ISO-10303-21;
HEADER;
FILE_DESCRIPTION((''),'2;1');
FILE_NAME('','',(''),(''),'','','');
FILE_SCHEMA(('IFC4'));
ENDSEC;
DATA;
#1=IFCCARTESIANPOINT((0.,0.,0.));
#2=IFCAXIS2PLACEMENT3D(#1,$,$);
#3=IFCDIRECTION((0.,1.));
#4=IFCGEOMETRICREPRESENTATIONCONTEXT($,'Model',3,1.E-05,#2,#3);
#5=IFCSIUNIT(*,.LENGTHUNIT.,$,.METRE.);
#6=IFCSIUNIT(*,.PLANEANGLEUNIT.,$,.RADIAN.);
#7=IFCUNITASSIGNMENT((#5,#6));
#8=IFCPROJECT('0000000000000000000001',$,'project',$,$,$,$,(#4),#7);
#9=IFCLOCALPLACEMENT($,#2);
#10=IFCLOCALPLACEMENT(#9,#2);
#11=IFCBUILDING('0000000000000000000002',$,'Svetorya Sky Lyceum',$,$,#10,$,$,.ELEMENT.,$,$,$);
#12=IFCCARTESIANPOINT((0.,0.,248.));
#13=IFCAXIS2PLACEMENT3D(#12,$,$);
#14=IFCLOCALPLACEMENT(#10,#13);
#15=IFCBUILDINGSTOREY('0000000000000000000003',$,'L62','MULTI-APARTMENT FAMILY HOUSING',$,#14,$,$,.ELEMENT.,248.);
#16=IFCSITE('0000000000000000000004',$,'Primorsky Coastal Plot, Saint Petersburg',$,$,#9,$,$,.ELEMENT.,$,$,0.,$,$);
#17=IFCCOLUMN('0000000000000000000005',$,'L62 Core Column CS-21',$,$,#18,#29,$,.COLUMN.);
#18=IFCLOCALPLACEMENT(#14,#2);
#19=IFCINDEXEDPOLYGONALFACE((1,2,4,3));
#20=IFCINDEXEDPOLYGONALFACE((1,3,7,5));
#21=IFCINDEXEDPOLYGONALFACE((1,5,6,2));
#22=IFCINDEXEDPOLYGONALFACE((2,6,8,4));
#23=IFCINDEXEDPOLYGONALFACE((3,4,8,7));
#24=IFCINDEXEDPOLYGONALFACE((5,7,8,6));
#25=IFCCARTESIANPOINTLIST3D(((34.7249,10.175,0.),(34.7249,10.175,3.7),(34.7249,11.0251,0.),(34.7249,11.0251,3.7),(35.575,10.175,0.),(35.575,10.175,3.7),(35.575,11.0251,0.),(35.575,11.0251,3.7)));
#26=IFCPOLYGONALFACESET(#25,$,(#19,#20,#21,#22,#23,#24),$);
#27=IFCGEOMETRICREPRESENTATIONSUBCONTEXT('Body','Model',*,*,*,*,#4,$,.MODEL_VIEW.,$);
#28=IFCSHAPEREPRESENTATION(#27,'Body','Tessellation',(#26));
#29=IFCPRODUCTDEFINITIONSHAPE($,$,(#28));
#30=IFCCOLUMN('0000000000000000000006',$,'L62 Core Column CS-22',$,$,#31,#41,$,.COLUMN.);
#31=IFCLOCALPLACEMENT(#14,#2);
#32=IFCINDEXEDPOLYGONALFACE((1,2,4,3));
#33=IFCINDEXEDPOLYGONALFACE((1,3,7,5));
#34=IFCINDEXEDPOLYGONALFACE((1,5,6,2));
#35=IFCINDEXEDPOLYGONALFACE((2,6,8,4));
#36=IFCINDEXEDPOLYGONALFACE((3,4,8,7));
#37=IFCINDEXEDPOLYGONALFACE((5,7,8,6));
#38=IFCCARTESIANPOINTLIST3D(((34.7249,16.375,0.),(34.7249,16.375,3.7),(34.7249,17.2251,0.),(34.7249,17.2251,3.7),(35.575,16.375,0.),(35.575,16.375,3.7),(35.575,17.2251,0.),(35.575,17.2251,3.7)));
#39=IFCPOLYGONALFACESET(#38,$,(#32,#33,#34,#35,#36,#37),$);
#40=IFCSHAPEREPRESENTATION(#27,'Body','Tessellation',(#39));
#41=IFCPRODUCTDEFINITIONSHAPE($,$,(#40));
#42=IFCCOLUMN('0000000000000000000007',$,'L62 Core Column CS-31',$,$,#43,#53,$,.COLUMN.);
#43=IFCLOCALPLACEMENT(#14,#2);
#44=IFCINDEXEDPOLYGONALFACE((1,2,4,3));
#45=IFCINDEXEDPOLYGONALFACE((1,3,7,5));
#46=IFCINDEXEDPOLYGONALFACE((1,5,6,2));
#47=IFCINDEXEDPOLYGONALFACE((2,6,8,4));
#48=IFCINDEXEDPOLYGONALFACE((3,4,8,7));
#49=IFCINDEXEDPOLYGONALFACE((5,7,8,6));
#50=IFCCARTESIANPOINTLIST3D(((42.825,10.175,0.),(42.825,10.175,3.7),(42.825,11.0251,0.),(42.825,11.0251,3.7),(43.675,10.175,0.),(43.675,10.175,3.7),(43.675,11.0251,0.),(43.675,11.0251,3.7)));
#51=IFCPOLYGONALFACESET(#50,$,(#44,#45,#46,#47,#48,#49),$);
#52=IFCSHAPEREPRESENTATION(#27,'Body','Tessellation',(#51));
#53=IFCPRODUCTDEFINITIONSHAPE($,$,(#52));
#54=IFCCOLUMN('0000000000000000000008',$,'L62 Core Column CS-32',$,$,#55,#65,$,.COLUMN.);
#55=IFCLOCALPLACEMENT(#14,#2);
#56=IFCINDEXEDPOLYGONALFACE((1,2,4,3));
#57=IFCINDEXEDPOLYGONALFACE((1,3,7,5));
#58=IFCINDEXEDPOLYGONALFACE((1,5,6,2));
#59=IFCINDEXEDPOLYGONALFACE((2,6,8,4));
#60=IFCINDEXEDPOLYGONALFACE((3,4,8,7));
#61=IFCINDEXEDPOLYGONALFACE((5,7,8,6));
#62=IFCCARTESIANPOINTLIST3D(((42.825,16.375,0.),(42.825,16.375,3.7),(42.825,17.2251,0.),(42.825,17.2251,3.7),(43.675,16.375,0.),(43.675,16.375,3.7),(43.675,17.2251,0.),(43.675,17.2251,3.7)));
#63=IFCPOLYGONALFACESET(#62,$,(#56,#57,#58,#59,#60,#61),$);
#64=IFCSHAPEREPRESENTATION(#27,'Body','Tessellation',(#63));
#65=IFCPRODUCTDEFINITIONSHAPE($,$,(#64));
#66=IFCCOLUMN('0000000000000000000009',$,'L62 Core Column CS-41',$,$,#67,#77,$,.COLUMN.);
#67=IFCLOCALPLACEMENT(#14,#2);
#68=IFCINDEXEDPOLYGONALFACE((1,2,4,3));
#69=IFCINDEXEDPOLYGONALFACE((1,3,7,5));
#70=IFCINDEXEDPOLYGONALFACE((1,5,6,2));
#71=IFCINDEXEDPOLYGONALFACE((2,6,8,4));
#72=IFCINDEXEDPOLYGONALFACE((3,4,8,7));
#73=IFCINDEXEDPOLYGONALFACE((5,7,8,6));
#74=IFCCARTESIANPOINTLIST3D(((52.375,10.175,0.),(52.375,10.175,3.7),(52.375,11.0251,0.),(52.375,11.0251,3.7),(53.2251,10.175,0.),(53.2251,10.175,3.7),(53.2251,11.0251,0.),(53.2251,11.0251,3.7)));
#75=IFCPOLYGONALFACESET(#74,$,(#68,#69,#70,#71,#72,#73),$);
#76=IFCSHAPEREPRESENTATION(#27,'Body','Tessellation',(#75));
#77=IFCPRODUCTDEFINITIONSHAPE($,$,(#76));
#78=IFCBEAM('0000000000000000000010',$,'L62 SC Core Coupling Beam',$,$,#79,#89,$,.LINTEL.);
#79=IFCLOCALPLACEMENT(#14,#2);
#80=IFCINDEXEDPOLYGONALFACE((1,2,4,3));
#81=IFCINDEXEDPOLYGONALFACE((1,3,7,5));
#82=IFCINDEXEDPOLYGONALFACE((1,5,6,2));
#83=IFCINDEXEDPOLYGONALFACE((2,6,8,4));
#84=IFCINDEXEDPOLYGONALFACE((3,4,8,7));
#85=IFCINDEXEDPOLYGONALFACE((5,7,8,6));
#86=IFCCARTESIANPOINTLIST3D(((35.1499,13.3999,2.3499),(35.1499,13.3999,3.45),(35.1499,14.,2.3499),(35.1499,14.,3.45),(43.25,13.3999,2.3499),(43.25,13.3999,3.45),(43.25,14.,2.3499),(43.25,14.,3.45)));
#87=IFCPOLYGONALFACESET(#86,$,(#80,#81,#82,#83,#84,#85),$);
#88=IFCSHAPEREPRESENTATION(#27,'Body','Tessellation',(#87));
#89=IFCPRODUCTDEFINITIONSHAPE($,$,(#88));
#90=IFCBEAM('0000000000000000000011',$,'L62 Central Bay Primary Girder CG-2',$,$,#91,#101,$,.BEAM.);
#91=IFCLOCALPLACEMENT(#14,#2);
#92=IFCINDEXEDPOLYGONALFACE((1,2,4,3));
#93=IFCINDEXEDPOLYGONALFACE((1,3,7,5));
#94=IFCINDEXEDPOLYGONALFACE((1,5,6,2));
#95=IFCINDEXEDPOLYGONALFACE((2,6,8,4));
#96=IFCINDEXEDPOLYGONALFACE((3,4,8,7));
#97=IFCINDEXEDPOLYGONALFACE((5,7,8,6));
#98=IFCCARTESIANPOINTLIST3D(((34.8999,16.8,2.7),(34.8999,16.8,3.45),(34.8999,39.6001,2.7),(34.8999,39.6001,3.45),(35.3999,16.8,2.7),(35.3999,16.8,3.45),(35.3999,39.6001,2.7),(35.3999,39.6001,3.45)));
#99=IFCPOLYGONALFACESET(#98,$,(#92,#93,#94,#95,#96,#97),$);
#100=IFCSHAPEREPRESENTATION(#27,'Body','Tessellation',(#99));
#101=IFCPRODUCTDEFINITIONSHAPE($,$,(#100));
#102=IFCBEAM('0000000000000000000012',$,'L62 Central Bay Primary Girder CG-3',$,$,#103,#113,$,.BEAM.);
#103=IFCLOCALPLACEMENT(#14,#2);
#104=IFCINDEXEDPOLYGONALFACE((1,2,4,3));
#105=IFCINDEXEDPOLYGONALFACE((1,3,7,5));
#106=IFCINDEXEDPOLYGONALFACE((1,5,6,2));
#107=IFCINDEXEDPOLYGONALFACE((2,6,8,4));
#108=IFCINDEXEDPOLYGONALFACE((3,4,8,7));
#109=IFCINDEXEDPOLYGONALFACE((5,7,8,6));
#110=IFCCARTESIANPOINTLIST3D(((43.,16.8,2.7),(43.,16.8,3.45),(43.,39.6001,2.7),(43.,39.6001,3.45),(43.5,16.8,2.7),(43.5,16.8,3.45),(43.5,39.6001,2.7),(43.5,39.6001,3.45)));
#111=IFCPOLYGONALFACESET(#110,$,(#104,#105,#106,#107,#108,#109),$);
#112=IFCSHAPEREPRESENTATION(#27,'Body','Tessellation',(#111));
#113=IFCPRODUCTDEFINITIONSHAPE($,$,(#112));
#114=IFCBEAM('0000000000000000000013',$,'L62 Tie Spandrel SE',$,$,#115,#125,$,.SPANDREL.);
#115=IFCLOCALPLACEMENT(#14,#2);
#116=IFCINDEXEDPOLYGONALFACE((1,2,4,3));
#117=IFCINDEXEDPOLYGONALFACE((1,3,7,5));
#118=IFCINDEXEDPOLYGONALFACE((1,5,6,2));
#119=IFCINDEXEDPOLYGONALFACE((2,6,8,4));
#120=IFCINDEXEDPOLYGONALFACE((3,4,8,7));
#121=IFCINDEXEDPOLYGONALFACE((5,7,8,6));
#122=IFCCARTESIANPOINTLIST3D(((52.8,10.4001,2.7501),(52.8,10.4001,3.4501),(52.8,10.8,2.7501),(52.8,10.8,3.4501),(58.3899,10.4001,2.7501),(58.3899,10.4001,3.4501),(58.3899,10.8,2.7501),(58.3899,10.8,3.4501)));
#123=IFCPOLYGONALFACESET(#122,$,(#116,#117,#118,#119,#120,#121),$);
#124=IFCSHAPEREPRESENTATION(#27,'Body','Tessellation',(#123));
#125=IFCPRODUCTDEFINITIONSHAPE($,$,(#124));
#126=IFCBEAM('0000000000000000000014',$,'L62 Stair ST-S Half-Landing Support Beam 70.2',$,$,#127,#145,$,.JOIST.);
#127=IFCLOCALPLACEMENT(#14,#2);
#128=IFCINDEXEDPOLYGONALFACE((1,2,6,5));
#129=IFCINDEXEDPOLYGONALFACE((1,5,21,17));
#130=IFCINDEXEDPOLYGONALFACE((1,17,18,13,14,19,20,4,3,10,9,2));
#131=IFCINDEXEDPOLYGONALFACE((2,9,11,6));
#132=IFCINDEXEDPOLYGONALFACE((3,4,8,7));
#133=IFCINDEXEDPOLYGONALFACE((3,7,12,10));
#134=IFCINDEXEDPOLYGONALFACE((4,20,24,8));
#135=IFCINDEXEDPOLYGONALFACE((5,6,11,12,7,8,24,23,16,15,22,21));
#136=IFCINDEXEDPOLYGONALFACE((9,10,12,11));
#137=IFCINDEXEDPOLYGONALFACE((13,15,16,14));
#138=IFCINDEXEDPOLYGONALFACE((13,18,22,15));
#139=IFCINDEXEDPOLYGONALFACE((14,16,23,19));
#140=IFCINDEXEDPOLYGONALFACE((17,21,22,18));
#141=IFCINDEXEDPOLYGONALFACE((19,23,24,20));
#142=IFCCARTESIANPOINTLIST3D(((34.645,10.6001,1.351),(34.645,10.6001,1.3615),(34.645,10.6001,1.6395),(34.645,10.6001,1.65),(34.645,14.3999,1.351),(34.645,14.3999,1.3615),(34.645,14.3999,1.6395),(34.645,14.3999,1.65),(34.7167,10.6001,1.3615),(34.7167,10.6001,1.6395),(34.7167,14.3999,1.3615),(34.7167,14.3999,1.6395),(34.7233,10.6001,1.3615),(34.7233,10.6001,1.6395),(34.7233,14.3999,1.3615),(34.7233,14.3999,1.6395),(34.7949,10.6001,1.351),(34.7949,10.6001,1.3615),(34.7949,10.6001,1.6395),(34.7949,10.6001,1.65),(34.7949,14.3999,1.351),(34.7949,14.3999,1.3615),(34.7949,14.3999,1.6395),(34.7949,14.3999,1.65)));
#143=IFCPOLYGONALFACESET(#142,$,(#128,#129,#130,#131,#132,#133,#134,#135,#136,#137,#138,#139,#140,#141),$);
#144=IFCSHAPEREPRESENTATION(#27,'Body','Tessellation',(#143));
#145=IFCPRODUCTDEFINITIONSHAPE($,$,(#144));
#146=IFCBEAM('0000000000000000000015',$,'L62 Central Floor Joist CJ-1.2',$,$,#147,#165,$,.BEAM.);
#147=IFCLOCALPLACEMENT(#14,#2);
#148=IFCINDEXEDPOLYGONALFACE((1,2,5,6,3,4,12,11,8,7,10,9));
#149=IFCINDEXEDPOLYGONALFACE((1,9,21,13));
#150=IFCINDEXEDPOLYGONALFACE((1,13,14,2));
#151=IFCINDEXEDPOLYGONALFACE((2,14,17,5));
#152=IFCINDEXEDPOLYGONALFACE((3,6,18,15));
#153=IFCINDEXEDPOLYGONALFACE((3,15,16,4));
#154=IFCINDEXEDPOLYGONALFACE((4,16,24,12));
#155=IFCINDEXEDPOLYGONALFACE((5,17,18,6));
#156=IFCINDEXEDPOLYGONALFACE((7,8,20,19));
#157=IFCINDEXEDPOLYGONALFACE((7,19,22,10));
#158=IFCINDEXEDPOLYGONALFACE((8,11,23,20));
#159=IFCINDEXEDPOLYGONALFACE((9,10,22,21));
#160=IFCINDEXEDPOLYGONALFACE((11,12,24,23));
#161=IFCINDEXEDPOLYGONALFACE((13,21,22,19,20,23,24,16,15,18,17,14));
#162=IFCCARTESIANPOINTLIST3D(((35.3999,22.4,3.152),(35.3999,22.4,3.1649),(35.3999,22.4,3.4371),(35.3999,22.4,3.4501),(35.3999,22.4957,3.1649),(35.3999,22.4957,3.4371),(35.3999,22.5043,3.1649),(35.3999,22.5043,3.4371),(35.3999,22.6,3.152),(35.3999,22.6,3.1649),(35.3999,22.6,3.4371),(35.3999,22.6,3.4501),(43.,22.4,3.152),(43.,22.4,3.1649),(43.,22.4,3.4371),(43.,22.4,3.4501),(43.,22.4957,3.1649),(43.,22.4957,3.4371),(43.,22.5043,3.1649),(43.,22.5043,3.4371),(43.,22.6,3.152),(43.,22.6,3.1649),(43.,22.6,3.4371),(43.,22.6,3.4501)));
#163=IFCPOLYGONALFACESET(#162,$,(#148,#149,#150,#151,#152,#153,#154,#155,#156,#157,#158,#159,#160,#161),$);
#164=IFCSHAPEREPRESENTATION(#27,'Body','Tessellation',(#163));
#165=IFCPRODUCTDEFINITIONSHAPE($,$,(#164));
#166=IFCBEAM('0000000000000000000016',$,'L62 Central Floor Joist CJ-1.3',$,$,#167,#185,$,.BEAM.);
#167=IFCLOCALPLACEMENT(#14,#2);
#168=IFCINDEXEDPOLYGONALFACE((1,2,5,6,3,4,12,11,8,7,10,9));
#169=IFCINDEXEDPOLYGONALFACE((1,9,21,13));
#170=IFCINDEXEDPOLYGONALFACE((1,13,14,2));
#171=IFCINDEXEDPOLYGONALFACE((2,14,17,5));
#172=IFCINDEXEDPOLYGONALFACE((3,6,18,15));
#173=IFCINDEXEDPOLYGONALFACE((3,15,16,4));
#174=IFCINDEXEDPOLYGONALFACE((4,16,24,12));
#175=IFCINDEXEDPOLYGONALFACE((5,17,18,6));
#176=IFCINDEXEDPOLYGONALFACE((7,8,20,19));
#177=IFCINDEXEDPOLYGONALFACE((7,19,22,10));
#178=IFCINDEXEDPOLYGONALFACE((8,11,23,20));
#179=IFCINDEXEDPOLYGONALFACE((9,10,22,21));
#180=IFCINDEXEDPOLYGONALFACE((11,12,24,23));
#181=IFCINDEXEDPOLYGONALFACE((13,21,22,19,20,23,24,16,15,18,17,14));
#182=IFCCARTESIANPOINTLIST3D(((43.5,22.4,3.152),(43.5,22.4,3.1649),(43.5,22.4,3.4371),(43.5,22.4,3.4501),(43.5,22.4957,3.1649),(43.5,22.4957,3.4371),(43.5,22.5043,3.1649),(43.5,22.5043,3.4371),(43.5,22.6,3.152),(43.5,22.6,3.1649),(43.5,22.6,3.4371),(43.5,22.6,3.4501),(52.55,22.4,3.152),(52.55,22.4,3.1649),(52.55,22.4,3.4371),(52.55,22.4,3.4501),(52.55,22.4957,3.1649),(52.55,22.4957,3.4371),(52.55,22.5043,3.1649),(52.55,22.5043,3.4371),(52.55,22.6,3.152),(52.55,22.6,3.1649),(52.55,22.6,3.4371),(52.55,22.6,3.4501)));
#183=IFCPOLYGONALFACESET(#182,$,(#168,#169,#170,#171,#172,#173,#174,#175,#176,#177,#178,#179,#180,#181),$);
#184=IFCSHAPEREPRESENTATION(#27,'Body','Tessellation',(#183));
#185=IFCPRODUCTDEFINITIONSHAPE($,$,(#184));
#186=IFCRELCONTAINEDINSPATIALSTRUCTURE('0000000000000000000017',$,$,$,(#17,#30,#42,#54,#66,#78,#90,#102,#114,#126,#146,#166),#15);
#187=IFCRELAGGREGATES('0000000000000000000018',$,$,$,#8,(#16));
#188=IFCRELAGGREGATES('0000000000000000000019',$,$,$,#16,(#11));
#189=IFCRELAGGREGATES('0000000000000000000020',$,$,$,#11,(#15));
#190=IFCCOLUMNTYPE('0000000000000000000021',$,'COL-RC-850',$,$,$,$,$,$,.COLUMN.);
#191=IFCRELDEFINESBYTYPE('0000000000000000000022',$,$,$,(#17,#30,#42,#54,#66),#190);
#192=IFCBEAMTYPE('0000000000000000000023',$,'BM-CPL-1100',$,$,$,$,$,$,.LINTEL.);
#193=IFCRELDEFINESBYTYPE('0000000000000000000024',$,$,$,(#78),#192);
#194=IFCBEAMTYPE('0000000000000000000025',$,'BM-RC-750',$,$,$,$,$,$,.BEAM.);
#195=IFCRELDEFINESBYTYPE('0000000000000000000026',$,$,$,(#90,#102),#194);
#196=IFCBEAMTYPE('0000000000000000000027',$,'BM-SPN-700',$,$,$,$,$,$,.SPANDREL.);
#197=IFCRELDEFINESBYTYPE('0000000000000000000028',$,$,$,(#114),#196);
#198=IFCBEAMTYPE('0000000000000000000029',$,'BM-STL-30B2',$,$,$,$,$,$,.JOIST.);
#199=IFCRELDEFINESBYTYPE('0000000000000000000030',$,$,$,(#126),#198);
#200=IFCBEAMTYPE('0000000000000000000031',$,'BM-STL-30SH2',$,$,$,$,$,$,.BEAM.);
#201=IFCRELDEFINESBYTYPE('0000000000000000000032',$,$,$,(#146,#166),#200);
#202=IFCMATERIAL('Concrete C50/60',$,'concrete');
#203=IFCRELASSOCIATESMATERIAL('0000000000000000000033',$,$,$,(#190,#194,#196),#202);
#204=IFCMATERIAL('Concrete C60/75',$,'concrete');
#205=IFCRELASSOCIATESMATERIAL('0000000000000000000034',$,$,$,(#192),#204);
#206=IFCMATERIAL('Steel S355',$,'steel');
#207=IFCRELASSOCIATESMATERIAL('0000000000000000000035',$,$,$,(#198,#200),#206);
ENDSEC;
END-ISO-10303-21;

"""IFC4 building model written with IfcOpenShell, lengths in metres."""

from ifc_helpers import new_model, si_unit, direction, frame, origin, origin_2d, place, context, subcontext, project, spatial, rectangle, i_section, extrude, material, material_profile, profile_set, type_object, element, save


model = new_model("IFC4")

# Units and contexts
model_context = context("Model", 3, precision=1e-05, world=origin(), true_north=direction((0.0, 1.0)))
body_context = subcontext(model_context, "Body", "Model", "MODEL_VIEW")
ifc_project = project(units=[si_unit("LENGTHUNIT", "METRE"), si_unit("PLANEANGLEUNIT", "RADIAN")], contexts=[model_context])

# Site, building, storey
site_placement = place(None, origin())
site = spatial("IfcSite", under=ifc_project, at=site_placement, Name="Primorsky Coastal Plot, Saint Petersburg", CompositionType="ELEMENT", RefElevation=0.0)
building_placement = place(site_placement, origin())
building = spatial("IfcBuilding", under=site, at=building_placement, Name="Svetorya Sky Lyceum", CompositionType="ELEMENT")
storey_placement = place(building_placement, frame((0.0, 0.0, 248.0)))
storey = spatial("IfcBuildingStorey", under=building, at=storey_placement, Name="L62", Description="MULTI-APARTMENT FAMILY HOUSING", CompositionType="ELEMENT", Elevation=248.0)

# Columns
ifc_material_1 = material(Name="Concrete C50/60", Category="concrete")
ifc_material_profile_1 = material_profile(ifc_material_1, rectangle(XDim=0.8501, YDim=0.8501, at=origin_2d()), Name="RC COL 850x850")
ifc_profile_set_1 = profile_set([ifc_material_profile_1], Name="Concrete C50/60")
column_type = type_object("IfcColumnType", Name="COL-RC-850", PredefinedType="COLUMN", material=ifc_profile_set_1)
for number, where, z_axis, x_axis, name in (
    (1, (35.1499, 10.6001, 0.0), (0.0, 0.0, 1.0), (1.0, 0.0, 0.0), "L62 Core Column CS-21"),
    (2, (35.1499, 16.8, 0.0), (0.0, 0.0, 1.0), (1.0, 0.0, 0.0), "L62 Core Column CS-22"),
    (3, (43.25, 10.6001, 0.0), (0.0, 0.0, 1.0), (1.0, 0.0, 0.0), "L62 Core Column CS-31"),
    (4, (43.25, 16.8, 0.0), (0.0, 0.0, 1.0), (1.0, 0.0, 0.0), "L62 Core Column CS-32"),
    (5, (52.8, 10.6001, 0.0), (0.0, 0.0, 1.0), (1.0, 0.0, 0.0), "L62 Core Column CS-41"),
):
    element("IfcColumn", number, at=place(storey_placement, frame(where, z_axis=z_axis, x_axis=x_axis)), inside=storey, type_object=column_type, Name=name, PredefinedType="COLUMN", context=body_context, shape_type="SweptSolid", body=[
        extrude(rectangle(XDim=0.8501, YDim=0.8501, at=origin_2d()), origin(), (0.0, 0.0, 1.0), 3.7),
    ])

# Beams
ifc_material_2 = material(Name="Concrete C60/75", Category="concrete")
ifc_material_profile_2 = material_profile(ifc_material_2, rectangle(XDim=0.6001, YDim=1.1001, at=origin_2d()), Name="RC COUPLING 600x1100")
ifc_profile_set_2 = profile_set([ifc_material_profile_2], Name="Concrete C60/75")
beam_type_1 = type_object("IfcBeamType", Name="BM-CPL-1100", PredefinedType="LINTEL", material=ifc_profile_set_2)
beam_1_placement = place(storey_placement, frame((35.1499, 13.7, 2.8999), z_axis=(1.0, 0.0, 0.0), x_axis=(0.0, 1.0, 0.0)))
element("IfcBeam", 6, at=beam_1_placement, inside=storey, type_object=beam_type_1, Name="L62 SC Core Coupling Beam", PredefinedType="LINTEL", context=body_context, shape_type="SweptSolid", body=[
    extrude(rectangle(XDim=0.6001, YDim=1.1001, at=origin_2d()), origin(), (0.0, 0.0, 1.0), 8.1001),
])
ifc_material_profile_3 = material_profile(ifc_material_1, rectangle(XDim=0.5, YDim=0.75, at=origin_2d()), Name="RC BEAM 500x750")
ifc_profile_set_3 = profile_set([ifc_material_profile_3], Name="Concrete C50/60")
beam_type_2 = type_object("IfcBeamType", Name="BM-RC-750", PredefinedType="BEAM", material=ifc_profile_set_3)
for number, where, z_axis, x_axis, name in (
    (7, (35.1499, 16.8, 3.075), (0.0, 1.0, 0.0), (-1.0, 0.0, 0.0), "L62 Central Bay Primary Girder CG-2"),
    (8, (43.25, 16.8, 3.075), (0.0, 1.0, 0.0), (-1.0, 0.0, 0.0), "L62 Central Bay Primary Girder CG-3"),
):
    element("IfcBeam", number, at=place(storey_placement, frame(where, z_axis=z_axis, x_axis=x_axis)), inside=storey, type_object=beam_type_2, Name=name, PredefinedType="BEAM", context=body_context, shape_type="SweptSolid", body=[
        extrude(rectangle(XDim=0.5, YDim=0.75, at=origin_2d()), origin(), (0.0, 0.0, 1.0), 22.8),
    ])
ifc_material_profile_4 = material_profile(ifc_material_1, rectangle(XDim=0.3999, YDim=0.7, at=origin_2d()), Name="RC SPANDREL 400x700")
ifc_profile_set_4 = profile_set([ifc_material_profile_4], Name="Concrete C50/60")
beam_type_3 = type_object("IfcBeamType", Name="BM-SPN-700", PredefinedType="SPANDREL", material=ifc_profile_set_4)
beam_2_placement = place(storey_placement, frame((52.8, 10.6001, 3.1001), z_axis=(1.0, 0.0, 0.0), x_axis=(0.0, 1.0, 0.0)))
element("IfcBeam", 9, at=beam_2_placement, inside=storey, type_object=beam_type_3, Name="L62 Tie Spandrel SE", PredefinedType="SPANDREL", context=body_context, shape_type="SweptSolid", body=[
    extrude(rectangle(XDim=0.3999, YDim=0.7, at=origin_2d()), origin(), (0.0, 0.0, 1.0), 5.5898),
])
ifc_material_3 = material(Name="Steel S355", Category="steel")
ifc_material_profile_5 = material_profile(ifc_material_3, i_section(OverallWidth=0.1499, OverallDepth=0.2991, WebThickness=0.0066, FlangeThickness=0.0105, at=origin_2d()), Name="GOST 30B2")
ifc_profile_set_5 = profile_set([ifc_material_profile_5], Name="Steel S355")
beam_type_4 = type_object("IfcBeamType", Name="BM-STL-30B2", PredefinedType="JOIST", material=ifc_profile_set_5)
beam_3_placement = place(storey_placement, frame((34.72, 10.6001, 1.5005), z_axis=(0.0, 1.0, 0.0), x_axis=(-1.0, 0.0, 0.0)))
element("IfcBeam", 10, at=beam_3_placement, inside=storey, type_object=beam_type_4, Name="L62 Stair ST-S Half-Landing Support Beam 70.2", PredefinedType="JOIST", context=body_context, shape_type="SweptSolid", body=[
    extrude(i_section(OverallWidth=0.1499, OverallDepth=0.2991, WebThickness=0.0066, FlangeThickness=0.0105, at=origin_2d()), origin(), (0.0, 0.0, 1.0), 3.7998),
])
ifc_material_profile_6 = material_profile(ifc_material_3, i_section(OverallWidth=0.2, OverallDepth=0.2981, WebThickness=0.0085, FlangeThickness=0.0129, at=origin_2d()), Name="GOST 30Sh2")
ifc_profile_set_6 = profile_set([ifc_material_profile_6], Name="Steel S355")
beam_type_5 = type_object("IfcBeamType", Name="BM-STL-30SH2", PredefinedType="BEAM", material=ifc_profile_set_6)
beam_4_placement = place(storey_placement, frame((35.3999, 22.5, 3.301), z_axis=(1.0, 0.0, 0.0), x_axis=(0.0, 1.0, 0.0)))
element("IfcBeam", 11, at=beam_4_placement, inside=storey, type_object=beam_type_5, Name="L62 Central Floor Joist CJ-1.2", PredefinedType="BEAM", context=body_context, shape_type="SweptSolid", body=[
    extrude(i_section(OverallWidth=0.2, OverallDepth=0.2981, WebThickness=0.0085, FlangeThickness=0.0129, at=origin_2d()), origin(), (0.0, 0.0, 1.0), 7.6001),
])
beam_5_placement = place(storey_placement, frame((43.5, 22.5, 3.301), z_axis=(1.0, 0.0, 0.0), x_axis=(0.0, 1.0, 0.0)))
element("IfcBeam", 12, at=beam_5_placement, inside=storey, type_object=beam_type_5, Name="L62 Central Floor Joist CJ-1.3", PredefinedType="BEAM", context=body_context, shape_type="SweptSolid", body=[
    extrude(i_section(OverallWidth=0.2, OverallDepth=0.2981, WebThickness=0.0085, FlangeThickness=0.0129, at=origin_2d()), origin(), (0.0, 0.0, 1.0), 9.05),
])

save(model, "model.ifc")
